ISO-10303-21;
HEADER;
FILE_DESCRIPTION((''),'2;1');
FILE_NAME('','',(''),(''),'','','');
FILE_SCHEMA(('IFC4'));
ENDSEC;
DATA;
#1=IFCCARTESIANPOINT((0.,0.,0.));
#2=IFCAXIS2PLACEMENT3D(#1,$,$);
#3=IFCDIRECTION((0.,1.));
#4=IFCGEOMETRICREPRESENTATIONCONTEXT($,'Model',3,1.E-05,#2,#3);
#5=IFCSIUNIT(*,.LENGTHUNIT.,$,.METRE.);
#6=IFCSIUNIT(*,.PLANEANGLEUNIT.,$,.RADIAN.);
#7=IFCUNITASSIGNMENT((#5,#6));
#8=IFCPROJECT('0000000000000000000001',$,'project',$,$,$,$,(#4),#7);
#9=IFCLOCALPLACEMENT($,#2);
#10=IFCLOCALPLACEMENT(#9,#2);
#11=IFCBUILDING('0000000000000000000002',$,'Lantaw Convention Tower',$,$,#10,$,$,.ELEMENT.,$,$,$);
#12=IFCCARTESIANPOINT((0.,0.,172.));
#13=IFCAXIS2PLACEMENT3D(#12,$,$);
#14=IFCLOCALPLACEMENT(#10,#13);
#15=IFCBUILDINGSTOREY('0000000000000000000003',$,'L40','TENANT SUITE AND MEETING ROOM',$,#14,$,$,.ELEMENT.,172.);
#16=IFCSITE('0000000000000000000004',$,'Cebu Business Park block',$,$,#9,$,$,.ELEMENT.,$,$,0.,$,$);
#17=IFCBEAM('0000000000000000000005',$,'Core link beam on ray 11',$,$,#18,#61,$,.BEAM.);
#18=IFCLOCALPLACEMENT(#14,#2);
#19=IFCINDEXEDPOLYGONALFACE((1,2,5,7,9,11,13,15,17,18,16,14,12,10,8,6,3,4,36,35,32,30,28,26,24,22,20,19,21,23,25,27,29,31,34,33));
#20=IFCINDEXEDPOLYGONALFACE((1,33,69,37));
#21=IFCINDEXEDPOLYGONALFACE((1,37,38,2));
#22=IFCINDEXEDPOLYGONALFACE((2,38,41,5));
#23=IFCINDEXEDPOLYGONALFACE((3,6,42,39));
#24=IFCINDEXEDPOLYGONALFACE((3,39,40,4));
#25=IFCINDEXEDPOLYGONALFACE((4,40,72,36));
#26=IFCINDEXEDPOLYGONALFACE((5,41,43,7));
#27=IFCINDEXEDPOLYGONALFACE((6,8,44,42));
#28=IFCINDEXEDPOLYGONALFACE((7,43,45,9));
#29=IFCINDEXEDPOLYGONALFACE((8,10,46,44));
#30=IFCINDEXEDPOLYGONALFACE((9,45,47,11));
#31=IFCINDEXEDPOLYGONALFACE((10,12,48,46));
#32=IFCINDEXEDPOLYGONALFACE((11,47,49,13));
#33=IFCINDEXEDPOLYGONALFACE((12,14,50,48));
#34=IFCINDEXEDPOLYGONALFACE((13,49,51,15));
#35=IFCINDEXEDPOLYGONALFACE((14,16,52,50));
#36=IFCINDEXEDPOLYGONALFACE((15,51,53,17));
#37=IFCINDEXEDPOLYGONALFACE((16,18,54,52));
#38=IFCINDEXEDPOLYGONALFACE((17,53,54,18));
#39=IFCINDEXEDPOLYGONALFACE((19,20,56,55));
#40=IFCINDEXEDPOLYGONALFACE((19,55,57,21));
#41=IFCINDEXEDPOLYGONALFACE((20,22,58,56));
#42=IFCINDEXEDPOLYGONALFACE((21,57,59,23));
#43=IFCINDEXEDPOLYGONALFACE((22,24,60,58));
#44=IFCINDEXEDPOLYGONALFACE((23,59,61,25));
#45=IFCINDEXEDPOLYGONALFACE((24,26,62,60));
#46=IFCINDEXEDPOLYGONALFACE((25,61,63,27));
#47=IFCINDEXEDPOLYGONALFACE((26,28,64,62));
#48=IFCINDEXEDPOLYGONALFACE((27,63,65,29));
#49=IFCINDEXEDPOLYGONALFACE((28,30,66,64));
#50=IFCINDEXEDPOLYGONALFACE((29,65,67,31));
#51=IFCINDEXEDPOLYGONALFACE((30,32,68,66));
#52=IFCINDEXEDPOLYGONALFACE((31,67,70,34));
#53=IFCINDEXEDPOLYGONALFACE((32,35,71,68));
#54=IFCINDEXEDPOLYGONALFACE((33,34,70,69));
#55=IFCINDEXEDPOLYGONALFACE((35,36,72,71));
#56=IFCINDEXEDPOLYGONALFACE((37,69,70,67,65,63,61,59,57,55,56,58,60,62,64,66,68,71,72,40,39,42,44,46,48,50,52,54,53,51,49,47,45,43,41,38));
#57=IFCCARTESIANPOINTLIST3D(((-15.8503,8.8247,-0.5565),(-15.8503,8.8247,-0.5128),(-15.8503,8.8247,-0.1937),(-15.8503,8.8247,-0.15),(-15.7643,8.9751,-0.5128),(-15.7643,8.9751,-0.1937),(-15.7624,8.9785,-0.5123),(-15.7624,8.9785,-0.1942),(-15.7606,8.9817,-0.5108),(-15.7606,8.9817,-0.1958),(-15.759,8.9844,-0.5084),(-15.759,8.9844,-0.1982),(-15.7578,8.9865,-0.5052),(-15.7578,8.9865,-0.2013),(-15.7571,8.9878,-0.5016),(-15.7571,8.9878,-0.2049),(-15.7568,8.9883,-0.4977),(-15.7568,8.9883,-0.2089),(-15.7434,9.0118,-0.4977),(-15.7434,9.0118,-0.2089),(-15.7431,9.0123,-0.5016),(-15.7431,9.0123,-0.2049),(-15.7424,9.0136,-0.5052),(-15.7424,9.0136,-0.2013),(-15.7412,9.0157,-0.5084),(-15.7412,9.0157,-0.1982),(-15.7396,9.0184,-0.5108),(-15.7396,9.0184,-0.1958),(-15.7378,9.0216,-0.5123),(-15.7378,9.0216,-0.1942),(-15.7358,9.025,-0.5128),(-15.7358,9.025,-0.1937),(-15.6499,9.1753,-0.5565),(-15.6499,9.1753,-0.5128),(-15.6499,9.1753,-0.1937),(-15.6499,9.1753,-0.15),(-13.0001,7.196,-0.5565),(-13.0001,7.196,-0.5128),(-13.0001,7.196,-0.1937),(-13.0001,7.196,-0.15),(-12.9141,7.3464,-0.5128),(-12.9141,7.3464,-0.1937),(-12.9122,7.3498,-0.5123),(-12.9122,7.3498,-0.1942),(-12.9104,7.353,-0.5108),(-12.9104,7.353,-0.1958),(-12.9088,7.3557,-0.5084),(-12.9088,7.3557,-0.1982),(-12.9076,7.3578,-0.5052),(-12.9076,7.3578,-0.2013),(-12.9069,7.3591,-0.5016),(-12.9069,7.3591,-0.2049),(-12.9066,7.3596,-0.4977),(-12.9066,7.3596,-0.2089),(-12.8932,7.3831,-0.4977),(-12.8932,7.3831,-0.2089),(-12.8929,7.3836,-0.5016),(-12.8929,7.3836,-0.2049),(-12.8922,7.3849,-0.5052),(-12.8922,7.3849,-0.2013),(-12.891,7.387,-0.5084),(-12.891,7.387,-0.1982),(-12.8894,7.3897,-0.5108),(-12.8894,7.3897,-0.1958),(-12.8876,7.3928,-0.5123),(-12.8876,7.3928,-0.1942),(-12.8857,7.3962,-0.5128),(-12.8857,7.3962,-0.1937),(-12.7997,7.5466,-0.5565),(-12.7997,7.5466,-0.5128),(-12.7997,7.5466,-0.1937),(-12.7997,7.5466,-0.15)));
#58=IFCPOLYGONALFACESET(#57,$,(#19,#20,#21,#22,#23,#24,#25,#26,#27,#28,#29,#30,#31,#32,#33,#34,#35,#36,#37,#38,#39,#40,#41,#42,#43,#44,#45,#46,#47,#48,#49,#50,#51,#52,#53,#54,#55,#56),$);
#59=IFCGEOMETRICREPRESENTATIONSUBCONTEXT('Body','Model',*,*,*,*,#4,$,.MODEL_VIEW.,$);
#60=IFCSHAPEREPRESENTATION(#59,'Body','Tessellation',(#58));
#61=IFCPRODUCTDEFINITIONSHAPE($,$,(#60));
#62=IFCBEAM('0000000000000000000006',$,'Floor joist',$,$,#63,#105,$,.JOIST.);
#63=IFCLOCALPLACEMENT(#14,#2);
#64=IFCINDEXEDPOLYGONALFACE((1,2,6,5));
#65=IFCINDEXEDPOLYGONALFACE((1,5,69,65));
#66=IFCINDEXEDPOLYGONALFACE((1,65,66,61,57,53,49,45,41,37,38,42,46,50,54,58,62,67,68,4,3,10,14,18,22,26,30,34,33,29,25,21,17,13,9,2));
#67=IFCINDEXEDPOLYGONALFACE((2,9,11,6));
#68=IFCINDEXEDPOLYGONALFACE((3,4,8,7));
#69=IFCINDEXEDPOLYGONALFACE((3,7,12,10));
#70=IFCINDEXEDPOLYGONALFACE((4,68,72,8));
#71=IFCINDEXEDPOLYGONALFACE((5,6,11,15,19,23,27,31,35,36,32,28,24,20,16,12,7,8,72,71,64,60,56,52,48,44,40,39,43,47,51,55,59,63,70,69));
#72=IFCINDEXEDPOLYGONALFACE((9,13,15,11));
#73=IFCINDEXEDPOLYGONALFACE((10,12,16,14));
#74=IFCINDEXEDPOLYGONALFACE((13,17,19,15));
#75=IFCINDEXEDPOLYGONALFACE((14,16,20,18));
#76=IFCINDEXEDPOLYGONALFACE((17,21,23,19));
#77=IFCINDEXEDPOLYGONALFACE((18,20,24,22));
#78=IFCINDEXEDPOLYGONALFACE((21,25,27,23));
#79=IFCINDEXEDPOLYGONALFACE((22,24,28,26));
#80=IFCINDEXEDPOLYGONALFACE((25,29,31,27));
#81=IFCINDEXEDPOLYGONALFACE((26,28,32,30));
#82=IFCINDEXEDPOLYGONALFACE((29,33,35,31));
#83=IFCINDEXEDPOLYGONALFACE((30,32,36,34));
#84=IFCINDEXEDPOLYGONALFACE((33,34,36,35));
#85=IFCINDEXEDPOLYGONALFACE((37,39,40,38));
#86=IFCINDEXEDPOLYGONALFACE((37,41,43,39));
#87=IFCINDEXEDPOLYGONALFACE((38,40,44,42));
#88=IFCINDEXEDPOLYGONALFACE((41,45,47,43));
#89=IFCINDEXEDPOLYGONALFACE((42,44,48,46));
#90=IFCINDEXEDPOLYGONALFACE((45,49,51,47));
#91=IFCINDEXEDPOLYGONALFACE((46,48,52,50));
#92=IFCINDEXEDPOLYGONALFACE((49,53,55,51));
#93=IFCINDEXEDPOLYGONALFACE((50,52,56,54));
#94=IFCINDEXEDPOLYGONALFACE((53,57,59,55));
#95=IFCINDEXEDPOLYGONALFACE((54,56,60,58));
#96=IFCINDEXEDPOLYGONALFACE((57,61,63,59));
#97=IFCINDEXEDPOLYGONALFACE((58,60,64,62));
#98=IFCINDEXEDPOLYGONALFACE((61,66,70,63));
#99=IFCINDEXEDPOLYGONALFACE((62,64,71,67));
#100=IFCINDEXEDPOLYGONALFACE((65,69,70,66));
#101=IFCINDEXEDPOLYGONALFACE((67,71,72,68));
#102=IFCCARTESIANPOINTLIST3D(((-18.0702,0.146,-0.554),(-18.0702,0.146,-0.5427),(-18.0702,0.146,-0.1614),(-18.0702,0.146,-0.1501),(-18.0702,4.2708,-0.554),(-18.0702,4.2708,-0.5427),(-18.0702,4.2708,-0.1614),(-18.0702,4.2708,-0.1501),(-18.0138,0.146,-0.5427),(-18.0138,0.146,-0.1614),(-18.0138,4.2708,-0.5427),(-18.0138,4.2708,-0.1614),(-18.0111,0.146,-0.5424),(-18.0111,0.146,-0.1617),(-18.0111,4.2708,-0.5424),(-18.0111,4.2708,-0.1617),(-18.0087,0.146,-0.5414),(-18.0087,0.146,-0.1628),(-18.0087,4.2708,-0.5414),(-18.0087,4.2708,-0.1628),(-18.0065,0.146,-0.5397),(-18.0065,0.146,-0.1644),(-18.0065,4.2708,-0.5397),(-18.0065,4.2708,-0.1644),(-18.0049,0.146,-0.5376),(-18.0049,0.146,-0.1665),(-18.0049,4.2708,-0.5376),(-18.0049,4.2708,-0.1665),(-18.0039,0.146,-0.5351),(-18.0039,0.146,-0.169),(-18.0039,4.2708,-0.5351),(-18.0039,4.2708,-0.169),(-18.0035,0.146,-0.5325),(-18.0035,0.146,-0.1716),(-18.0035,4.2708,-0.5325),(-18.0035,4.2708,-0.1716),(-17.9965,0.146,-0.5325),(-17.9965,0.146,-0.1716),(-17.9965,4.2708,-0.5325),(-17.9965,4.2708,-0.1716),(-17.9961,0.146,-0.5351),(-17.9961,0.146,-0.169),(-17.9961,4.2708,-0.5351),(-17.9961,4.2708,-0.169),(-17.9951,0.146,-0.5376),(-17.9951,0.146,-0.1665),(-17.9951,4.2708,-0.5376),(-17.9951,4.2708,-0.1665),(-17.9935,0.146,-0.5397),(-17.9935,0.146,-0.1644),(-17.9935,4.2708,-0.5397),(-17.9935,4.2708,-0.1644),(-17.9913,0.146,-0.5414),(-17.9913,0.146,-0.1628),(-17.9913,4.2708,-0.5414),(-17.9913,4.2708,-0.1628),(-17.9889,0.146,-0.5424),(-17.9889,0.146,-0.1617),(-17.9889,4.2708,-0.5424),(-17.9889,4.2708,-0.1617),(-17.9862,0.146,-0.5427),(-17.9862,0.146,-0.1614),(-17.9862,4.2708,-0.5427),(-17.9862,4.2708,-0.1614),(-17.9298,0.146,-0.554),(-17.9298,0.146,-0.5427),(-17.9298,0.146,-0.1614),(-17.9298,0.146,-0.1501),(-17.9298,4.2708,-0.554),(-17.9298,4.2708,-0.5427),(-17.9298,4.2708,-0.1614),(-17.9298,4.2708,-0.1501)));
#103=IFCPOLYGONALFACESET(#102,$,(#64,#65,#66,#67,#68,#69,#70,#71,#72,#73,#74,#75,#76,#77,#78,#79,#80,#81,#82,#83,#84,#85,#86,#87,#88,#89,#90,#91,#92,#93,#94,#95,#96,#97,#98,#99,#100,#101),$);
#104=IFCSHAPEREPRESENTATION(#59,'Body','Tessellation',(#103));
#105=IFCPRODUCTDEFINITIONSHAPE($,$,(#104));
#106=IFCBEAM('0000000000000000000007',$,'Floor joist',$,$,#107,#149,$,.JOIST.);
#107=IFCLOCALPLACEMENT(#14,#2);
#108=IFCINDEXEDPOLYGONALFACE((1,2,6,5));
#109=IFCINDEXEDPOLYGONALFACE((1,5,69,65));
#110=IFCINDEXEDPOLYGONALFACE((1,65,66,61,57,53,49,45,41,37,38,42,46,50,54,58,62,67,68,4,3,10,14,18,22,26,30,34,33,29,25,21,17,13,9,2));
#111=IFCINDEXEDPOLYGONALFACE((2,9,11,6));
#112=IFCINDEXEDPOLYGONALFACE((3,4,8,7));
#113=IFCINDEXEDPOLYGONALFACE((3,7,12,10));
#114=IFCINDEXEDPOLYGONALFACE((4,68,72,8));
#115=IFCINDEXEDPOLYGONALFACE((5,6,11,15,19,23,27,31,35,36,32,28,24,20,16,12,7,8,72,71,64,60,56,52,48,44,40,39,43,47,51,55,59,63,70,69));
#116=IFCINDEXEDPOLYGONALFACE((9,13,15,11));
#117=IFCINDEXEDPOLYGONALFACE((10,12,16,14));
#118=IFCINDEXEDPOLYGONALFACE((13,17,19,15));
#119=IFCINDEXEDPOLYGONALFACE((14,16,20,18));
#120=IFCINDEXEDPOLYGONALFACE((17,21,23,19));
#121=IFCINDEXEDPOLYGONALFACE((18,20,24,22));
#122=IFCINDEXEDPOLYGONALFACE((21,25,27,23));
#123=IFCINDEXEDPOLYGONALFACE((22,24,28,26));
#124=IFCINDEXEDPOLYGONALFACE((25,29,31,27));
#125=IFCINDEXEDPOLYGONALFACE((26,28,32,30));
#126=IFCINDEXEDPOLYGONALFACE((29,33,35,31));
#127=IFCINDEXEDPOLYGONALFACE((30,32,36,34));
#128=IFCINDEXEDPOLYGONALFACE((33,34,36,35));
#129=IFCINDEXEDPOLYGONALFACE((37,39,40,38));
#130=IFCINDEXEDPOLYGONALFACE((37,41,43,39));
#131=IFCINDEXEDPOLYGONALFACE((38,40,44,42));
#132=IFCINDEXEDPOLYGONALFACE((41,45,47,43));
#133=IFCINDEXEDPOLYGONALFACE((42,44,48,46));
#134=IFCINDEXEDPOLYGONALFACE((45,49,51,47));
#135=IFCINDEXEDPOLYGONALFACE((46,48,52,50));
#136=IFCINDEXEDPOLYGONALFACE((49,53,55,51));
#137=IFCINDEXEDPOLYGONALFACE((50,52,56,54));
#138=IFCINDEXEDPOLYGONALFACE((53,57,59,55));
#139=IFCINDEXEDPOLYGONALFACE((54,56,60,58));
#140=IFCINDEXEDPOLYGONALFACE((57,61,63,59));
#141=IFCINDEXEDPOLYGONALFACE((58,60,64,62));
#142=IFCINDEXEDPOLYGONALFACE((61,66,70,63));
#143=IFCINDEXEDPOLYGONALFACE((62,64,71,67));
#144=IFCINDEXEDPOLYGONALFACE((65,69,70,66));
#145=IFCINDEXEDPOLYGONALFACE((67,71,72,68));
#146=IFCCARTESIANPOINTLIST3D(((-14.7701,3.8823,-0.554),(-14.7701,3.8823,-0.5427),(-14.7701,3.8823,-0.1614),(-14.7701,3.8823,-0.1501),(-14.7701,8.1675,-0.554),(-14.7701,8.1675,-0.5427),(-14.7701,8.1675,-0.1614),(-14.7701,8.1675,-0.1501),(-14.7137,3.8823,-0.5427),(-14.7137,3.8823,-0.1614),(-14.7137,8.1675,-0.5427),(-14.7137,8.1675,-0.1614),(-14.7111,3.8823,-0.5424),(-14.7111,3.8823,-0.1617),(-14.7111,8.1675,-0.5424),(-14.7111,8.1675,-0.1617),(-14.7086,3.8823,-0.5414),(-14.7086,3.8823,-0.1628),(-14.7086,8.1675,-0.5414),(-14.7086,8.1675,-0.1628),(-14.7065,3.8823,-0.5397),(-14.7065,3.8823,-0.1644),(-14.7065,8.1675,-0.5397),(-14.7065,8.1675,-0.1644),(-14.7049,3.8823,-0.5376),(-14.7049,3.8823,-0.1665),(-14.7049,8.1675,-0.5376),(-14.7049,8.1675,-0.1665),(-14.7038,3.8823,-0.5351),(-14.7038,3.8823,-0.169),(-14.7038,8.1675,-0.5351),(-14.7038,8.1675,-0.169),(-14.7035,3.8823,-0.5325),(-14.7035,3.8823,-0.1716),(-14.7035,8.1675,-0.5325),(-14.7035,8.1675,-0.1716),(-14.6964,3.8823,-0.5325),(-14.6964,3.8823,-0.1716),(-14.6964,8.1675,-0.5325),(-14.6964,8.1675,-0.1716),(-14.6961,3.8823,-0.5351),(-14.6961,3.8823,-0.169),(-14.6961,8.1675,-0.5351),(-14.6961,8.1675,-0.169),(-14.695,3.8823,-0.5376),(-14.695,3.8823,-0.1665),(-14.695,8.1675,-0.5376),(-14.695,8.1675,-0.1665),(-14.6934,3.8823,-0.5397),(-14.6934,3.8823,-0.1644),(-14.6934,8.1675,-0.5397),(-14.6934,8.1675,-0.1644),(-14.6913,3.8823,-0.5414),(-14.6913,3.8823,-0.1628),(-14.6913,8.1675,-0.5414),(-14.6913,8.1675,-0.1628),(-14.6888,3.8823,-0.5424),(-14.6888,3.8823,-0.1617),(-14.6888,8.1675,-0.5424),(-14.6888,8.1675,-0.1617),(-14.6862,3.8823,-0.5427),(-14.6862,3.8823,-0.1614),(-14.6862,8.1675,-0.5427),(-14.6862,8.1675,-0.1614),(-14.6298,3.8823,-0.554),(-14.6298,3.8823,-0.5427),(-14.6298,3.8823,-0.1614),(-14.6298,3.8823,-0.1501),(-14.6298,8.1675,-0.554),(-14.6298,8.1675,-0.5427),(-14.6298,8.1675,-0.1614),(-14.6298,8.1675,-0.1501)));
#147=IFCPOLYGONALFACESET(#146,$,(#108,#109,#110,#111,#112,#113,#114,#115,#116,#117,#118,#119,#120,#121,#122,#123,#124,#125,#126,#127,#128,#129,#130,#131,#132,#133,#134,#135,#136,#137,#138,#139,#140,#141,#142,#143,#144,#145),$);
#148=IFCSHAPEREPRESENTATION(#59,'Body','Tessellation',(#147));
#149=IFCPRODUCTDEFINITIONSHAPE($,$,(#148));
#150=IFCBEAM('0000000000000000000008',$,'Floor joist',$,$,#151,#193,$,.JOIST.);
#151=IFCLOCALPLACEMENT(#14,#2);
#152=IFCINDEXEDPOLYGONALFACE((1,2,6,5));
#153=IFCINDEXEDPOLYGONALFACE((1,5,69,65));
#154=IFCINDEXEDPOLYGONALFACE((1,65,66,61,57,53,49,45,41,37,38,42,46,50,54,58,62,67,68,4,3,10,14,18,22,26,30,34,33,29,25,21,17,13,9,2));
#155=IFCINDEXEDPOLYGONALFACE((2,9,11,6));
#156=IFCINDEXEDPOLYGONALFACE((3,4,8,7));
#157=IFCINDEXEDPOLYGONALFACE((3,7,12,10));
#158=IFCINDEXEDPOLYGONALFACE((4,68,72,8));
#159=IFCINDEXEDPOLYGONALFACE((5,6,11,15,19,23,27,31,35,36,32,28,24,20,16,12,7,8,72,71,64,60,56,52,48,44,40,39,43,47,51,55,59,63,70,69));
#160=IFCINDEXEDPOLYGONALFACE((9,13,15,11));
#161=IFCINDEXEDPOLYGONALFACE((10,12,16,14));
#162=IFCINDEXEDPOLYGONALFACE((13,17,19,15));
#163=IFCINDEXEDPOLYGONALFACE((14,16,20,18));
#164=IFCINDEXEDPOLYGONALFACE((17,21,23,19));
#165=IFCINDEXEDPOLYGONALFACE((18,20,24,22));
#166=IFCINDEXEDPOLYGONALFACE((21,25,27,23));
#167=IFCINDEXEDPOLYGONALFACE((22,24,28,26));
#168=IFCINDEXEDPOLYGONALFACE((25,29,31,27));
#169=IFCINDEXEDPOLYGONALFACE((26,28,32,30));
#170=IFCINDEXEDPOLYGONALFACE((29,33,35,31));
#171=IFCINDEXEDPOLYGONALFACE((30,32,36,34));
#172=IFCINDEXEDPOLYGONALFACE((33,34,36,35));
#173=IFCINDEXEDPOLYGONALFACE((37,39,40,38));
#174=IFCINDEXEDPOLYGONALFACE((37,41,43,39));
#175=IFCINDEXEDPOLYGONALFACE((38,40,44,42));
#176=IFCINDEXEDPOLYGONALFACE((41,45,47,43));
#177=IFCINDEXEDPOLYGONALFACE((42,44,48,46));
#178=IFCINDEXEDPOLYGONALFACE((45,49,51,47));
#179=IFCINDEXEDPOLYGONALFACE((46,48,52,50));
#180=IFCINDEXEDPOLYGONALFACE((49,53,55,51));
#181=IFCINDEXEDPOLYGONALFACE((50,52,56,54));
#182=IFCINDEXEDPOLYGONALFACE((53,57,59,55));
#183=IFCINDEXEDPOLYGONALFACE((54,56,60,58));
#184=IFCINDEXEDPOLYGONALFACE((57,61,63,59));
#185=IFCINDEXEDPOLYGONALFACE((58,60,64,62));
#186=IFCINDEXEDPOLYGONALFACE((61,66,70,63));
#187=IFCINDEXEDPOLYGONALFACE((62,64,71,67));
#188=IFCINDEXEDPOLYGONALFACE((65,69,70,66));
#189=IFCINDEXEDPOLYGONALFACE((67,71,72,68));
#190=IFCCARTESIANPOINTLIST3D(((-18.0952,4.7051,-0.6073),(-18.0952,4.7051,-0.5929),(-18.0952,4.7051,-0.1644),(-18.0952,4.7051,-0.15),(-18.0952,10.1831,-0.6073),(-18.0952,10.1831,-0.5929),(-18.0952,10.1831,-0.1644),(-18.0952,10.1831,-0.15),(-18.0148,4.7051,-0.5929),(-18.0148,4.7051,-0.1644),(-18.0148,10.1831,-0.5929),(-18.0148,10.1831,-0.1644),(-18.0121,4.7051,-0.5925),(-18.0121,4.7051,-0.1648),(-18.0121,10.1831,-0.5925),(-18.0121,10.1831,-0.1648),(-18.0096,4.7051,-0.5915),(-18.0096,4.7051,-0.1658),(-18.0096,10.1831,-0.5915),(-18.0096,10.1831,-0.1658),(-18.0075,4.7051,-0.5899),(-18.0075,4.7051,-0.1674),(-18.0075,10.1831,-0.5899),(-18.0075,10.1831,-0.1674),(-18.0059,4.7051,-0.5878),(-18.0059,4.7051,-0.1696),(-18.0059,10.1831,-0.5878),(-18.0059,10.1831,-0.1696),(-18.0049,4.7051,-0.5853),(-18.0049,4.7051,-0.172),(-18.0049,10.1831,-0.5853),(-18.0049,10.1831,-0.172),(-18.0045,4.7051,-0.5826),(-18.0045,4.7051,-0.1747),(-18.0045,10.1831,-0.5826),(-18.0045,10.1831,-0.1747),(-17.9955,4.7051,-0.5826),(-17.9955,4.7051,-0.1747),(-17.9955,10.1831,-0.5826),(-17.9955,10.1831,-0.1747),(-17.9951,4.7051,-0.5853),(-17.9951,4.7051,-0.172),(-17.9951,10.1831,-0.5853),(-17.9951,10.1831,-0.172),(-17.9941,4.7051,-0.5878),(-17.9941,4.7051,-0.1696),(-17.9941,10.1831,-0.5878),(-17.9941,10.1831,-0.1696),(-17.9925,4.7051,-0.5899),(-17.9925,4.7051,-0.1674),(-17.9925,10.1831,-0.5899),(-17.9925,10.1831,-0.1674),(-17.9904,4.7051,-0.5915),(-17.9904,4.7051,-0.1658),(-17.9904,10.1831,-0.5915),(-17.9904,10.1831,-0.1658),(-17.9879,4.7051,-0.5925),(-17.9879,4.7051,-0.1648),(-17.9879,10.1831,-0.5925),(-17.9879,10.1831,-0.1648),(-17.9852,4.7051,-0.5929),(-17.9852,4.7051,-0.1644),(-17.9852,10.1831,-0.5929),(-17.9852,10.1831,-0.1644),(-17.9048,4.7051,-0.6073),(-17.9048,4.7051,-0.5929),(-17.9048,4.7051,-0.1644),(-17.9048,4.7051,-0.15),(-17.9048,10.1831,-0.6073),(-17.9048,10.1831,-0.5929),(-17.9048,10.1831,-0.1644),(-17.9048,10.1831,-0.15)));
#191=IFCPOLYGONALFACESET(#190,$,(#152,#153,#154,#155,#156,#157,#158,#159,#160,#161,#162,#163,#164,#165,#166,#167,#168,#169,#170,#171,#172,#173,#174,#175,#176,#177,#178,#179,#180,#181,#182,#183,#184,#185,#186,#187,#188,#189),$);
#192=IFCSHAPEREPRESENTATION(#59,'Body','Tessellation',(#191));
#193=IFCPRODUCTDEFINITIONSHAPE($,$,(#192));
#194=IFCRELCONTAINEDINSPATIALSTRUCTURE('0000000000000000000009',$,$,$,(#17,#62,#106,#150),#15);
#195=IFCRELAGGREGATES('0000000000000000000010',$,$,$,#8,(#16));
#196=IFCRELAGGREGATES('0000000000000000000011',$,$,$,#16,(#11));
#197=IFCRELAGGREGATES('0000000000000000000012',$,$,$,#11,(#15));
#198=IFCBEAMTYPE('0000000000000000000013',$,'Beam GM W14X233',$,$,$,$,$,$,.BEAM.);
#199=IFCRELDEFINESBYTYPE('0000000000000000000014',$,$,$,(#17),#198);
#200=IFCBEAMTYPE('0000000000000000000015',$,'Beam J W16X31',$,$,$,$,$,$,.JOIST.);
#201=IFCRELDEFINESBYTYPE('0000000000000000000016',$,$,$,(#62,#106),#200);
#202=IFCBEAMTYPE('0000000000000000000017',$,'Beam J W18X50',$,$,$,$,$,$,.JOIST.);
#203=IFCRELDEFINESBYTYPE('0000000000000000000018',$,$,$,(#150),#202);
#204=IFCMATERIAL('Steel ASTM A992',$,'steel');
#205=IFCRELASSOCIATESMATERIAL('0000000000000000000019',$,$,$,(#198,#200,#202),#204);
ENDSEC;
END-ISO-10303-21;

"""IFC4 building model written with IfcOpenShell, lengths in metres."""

from ifc_helpers import new_model, si_unit, direction, frame, origin, origin_2d, place, context, subcontext, project, spatial, i_section, extrude, material, material_profile, profile_set, type_object, element, save


model = new_model("IFC4")

# Units and contexts
model_context = context("Model", 3, precision=1e-05, world=origin(), true_north=direction((0.0, 1.0)))
body_context = subcontext(model_context, "Body", "Model", "MODEL_VIEW")
ifc_project = project(units=[si_unit("LENGTHUNIT", "METRE"), si_unit("PLANEANGLEUNIT", "RADIAN")], contexts=[model_context])

# Site, building, storey
site_placement = place(None, origin())
site = spatial("IfcSite", under=ifc_project, at=site_placement, Name="Cebu Business Park block", CompositionType="ELEMENT", RefElevation=0.0)
building_placement = place(site_placement, origin())
building = spatial("IfcBuilding", under=site, at=building_placement, Name="Lantaw Convention Tower", CompositionType="ELEMENT")
storey_placement = place(building_placement, frame((0.0, 0.0, 172.0)))
storey = spatial("IfcBuildingStorey", under=building, at=storey_placement, Name="L40", Description="TENANT SUITE AND MEETING ROOM", CompositionType="ELEMENT", Elevation=172.0)

# Beams
ifc_material_1 = material(Name="Steel ASTM A992", Category="steel")
ifc_material_profile_1 = material_profile(ifc_material_1, i_section(OverallWidth=0.4038, OverallDepth=0.4065, WebThickness=0.0271, FlangeThickness=0.0437, FilletRadius=0.0151, at=origin_2d()), Name="W14X233")
ifc_profile_set_1 = profile_set([ifc_material_profile_1], Name="Steel ASTM A992")
beam_type_1 = type_object("IfcBeamType", Name="Beam GM W14X233", PredefinedType="BEAM", material=ifc_profile_set_1)
beam_1_placement = place(storey_placement, frame((-12.8999, 7.3713, -0.3533), z_axis=(-0.868239, 0.496147, 0.0), x_axis=(-0.496147, -0.868239, 0.0)))
element("IfcBeam", 1, at=beam_1_placement, inside=storey, type_object=beam_type_1, Name="Core link beam on ray 11", PredefinedType="BEAM", context=body_context, shape_type="SweptSolid", body=[
    extrude(i_section(OverallWidth=0.4038, OverallDepth=0.4065, WebThickness=0.0271, FlangeThickness=0.0437, FilletRadius=0.0151, at=origin_2d()), origin(), (0.0, 0.0, 1.0), 3.2827),
])
ifc_material_profile_2 = material_profile(ifc_material_1, i_section(OverallWidth=0.1404, OverallDepth=0.4038, WebThickness=0.0071, FlangeThickness=0.0112, FilletRadius=0.0103, at=origin_2d()), Name="W16X31")
ifc_profile_set_2 = profile_set([ifc_material_profile_2], Name="Steel ASTM A992")
beam_type_2 = type_object("IfcBeamType", Name="Beam J W16X31", PredefinedType="JOIST", material=ifc_profile_set_2)
beam_2_placement = place(storey_placement, frame((-18.0, 0.146, -0.3521), z_axis=(0.0, 1.0, 0.0), x_axis=(-1.0, 0.0, 0.0)))
element("IfcBeam", 2, at=beam_2_placement, inside=storey, type_object=beam_type_2, Name="Floor joist", PredefinedType="JOIST", context=body_context, shape_type="SweptSolid", body=[
    extrude(i_section(OverallWidth=0.1404, OverallDepth=0.4038, WebThickness=0.0071, FlangeThickness=0.0112, FilletRadius=0.0103, at=origin_2d()), origin(), (0.0, 0.0, 1.0), 4.1248),
])
beam_3_placement = place(storey_placement, frame((-14.7, 3.8823, -0.3521), z_axis=(0.0, 1.0, 0.0), x_axis=(-1.0, 0.0, 0.0)))
element("IfcBeam", 3, at=beam_3_placement, inside=storey, type_object=beam_type_2, Name="Floor joist", PredefinedType="JOIST", context=body_context, shape_type="SweptSolid", body=[
    extrude(i_section(OverallWidth=0.1404, OverallDepth=0.4038, WebThickness=0.0071, FlangeThickness=0.0112, FilletRadius=0.0103, at=origin_2d()), origin(), (0.0, 0.0, 1.0), 4.2852),
])
ifc_material_profile_3 = material_profile(ifc_material_1, i_section(OverallWidth=0.1904, OverallDepth=0.4573, WebThickness=0.009, FlangeThickness=0.0144, FilletRadius=0.0103, at=origin_2d()), Name="W18X50")
ifc_profile_set_3 = profile_set([ifc_material_profile_3], Name="Steel ASTM A992")
beam_type_3 = type_object("IfcBeamType", Name="Beam J W18X50", PredefinedType="JOIST", material=ifc_profile_set_3)
beam_4_placement = place(storey_placement, frame((-18.0, 4.7051, -0.3787), z_axis=(0.0, 1.0, 0.0), x_axis=(-1.0, 0.0, 0.0)))
element("IfcBeam", 4, at=beam_4_placement, inside=storey, type_object=beam_type_3, Name="Floor joist", PredefinedType="JOIST", context=body_context, shape_type="SweptSolid", body=[
    extrude(i_section(OverallWidth=0.1904, OverallDepth=0.4573, WebThickness=0.009, FlangeThickness=0.0144, FilletRadius=0.0103, at=origin_2d()), origin(), (0.0, 0.0, 1.0), 5.478),
])

save(model, "model.ifc")
